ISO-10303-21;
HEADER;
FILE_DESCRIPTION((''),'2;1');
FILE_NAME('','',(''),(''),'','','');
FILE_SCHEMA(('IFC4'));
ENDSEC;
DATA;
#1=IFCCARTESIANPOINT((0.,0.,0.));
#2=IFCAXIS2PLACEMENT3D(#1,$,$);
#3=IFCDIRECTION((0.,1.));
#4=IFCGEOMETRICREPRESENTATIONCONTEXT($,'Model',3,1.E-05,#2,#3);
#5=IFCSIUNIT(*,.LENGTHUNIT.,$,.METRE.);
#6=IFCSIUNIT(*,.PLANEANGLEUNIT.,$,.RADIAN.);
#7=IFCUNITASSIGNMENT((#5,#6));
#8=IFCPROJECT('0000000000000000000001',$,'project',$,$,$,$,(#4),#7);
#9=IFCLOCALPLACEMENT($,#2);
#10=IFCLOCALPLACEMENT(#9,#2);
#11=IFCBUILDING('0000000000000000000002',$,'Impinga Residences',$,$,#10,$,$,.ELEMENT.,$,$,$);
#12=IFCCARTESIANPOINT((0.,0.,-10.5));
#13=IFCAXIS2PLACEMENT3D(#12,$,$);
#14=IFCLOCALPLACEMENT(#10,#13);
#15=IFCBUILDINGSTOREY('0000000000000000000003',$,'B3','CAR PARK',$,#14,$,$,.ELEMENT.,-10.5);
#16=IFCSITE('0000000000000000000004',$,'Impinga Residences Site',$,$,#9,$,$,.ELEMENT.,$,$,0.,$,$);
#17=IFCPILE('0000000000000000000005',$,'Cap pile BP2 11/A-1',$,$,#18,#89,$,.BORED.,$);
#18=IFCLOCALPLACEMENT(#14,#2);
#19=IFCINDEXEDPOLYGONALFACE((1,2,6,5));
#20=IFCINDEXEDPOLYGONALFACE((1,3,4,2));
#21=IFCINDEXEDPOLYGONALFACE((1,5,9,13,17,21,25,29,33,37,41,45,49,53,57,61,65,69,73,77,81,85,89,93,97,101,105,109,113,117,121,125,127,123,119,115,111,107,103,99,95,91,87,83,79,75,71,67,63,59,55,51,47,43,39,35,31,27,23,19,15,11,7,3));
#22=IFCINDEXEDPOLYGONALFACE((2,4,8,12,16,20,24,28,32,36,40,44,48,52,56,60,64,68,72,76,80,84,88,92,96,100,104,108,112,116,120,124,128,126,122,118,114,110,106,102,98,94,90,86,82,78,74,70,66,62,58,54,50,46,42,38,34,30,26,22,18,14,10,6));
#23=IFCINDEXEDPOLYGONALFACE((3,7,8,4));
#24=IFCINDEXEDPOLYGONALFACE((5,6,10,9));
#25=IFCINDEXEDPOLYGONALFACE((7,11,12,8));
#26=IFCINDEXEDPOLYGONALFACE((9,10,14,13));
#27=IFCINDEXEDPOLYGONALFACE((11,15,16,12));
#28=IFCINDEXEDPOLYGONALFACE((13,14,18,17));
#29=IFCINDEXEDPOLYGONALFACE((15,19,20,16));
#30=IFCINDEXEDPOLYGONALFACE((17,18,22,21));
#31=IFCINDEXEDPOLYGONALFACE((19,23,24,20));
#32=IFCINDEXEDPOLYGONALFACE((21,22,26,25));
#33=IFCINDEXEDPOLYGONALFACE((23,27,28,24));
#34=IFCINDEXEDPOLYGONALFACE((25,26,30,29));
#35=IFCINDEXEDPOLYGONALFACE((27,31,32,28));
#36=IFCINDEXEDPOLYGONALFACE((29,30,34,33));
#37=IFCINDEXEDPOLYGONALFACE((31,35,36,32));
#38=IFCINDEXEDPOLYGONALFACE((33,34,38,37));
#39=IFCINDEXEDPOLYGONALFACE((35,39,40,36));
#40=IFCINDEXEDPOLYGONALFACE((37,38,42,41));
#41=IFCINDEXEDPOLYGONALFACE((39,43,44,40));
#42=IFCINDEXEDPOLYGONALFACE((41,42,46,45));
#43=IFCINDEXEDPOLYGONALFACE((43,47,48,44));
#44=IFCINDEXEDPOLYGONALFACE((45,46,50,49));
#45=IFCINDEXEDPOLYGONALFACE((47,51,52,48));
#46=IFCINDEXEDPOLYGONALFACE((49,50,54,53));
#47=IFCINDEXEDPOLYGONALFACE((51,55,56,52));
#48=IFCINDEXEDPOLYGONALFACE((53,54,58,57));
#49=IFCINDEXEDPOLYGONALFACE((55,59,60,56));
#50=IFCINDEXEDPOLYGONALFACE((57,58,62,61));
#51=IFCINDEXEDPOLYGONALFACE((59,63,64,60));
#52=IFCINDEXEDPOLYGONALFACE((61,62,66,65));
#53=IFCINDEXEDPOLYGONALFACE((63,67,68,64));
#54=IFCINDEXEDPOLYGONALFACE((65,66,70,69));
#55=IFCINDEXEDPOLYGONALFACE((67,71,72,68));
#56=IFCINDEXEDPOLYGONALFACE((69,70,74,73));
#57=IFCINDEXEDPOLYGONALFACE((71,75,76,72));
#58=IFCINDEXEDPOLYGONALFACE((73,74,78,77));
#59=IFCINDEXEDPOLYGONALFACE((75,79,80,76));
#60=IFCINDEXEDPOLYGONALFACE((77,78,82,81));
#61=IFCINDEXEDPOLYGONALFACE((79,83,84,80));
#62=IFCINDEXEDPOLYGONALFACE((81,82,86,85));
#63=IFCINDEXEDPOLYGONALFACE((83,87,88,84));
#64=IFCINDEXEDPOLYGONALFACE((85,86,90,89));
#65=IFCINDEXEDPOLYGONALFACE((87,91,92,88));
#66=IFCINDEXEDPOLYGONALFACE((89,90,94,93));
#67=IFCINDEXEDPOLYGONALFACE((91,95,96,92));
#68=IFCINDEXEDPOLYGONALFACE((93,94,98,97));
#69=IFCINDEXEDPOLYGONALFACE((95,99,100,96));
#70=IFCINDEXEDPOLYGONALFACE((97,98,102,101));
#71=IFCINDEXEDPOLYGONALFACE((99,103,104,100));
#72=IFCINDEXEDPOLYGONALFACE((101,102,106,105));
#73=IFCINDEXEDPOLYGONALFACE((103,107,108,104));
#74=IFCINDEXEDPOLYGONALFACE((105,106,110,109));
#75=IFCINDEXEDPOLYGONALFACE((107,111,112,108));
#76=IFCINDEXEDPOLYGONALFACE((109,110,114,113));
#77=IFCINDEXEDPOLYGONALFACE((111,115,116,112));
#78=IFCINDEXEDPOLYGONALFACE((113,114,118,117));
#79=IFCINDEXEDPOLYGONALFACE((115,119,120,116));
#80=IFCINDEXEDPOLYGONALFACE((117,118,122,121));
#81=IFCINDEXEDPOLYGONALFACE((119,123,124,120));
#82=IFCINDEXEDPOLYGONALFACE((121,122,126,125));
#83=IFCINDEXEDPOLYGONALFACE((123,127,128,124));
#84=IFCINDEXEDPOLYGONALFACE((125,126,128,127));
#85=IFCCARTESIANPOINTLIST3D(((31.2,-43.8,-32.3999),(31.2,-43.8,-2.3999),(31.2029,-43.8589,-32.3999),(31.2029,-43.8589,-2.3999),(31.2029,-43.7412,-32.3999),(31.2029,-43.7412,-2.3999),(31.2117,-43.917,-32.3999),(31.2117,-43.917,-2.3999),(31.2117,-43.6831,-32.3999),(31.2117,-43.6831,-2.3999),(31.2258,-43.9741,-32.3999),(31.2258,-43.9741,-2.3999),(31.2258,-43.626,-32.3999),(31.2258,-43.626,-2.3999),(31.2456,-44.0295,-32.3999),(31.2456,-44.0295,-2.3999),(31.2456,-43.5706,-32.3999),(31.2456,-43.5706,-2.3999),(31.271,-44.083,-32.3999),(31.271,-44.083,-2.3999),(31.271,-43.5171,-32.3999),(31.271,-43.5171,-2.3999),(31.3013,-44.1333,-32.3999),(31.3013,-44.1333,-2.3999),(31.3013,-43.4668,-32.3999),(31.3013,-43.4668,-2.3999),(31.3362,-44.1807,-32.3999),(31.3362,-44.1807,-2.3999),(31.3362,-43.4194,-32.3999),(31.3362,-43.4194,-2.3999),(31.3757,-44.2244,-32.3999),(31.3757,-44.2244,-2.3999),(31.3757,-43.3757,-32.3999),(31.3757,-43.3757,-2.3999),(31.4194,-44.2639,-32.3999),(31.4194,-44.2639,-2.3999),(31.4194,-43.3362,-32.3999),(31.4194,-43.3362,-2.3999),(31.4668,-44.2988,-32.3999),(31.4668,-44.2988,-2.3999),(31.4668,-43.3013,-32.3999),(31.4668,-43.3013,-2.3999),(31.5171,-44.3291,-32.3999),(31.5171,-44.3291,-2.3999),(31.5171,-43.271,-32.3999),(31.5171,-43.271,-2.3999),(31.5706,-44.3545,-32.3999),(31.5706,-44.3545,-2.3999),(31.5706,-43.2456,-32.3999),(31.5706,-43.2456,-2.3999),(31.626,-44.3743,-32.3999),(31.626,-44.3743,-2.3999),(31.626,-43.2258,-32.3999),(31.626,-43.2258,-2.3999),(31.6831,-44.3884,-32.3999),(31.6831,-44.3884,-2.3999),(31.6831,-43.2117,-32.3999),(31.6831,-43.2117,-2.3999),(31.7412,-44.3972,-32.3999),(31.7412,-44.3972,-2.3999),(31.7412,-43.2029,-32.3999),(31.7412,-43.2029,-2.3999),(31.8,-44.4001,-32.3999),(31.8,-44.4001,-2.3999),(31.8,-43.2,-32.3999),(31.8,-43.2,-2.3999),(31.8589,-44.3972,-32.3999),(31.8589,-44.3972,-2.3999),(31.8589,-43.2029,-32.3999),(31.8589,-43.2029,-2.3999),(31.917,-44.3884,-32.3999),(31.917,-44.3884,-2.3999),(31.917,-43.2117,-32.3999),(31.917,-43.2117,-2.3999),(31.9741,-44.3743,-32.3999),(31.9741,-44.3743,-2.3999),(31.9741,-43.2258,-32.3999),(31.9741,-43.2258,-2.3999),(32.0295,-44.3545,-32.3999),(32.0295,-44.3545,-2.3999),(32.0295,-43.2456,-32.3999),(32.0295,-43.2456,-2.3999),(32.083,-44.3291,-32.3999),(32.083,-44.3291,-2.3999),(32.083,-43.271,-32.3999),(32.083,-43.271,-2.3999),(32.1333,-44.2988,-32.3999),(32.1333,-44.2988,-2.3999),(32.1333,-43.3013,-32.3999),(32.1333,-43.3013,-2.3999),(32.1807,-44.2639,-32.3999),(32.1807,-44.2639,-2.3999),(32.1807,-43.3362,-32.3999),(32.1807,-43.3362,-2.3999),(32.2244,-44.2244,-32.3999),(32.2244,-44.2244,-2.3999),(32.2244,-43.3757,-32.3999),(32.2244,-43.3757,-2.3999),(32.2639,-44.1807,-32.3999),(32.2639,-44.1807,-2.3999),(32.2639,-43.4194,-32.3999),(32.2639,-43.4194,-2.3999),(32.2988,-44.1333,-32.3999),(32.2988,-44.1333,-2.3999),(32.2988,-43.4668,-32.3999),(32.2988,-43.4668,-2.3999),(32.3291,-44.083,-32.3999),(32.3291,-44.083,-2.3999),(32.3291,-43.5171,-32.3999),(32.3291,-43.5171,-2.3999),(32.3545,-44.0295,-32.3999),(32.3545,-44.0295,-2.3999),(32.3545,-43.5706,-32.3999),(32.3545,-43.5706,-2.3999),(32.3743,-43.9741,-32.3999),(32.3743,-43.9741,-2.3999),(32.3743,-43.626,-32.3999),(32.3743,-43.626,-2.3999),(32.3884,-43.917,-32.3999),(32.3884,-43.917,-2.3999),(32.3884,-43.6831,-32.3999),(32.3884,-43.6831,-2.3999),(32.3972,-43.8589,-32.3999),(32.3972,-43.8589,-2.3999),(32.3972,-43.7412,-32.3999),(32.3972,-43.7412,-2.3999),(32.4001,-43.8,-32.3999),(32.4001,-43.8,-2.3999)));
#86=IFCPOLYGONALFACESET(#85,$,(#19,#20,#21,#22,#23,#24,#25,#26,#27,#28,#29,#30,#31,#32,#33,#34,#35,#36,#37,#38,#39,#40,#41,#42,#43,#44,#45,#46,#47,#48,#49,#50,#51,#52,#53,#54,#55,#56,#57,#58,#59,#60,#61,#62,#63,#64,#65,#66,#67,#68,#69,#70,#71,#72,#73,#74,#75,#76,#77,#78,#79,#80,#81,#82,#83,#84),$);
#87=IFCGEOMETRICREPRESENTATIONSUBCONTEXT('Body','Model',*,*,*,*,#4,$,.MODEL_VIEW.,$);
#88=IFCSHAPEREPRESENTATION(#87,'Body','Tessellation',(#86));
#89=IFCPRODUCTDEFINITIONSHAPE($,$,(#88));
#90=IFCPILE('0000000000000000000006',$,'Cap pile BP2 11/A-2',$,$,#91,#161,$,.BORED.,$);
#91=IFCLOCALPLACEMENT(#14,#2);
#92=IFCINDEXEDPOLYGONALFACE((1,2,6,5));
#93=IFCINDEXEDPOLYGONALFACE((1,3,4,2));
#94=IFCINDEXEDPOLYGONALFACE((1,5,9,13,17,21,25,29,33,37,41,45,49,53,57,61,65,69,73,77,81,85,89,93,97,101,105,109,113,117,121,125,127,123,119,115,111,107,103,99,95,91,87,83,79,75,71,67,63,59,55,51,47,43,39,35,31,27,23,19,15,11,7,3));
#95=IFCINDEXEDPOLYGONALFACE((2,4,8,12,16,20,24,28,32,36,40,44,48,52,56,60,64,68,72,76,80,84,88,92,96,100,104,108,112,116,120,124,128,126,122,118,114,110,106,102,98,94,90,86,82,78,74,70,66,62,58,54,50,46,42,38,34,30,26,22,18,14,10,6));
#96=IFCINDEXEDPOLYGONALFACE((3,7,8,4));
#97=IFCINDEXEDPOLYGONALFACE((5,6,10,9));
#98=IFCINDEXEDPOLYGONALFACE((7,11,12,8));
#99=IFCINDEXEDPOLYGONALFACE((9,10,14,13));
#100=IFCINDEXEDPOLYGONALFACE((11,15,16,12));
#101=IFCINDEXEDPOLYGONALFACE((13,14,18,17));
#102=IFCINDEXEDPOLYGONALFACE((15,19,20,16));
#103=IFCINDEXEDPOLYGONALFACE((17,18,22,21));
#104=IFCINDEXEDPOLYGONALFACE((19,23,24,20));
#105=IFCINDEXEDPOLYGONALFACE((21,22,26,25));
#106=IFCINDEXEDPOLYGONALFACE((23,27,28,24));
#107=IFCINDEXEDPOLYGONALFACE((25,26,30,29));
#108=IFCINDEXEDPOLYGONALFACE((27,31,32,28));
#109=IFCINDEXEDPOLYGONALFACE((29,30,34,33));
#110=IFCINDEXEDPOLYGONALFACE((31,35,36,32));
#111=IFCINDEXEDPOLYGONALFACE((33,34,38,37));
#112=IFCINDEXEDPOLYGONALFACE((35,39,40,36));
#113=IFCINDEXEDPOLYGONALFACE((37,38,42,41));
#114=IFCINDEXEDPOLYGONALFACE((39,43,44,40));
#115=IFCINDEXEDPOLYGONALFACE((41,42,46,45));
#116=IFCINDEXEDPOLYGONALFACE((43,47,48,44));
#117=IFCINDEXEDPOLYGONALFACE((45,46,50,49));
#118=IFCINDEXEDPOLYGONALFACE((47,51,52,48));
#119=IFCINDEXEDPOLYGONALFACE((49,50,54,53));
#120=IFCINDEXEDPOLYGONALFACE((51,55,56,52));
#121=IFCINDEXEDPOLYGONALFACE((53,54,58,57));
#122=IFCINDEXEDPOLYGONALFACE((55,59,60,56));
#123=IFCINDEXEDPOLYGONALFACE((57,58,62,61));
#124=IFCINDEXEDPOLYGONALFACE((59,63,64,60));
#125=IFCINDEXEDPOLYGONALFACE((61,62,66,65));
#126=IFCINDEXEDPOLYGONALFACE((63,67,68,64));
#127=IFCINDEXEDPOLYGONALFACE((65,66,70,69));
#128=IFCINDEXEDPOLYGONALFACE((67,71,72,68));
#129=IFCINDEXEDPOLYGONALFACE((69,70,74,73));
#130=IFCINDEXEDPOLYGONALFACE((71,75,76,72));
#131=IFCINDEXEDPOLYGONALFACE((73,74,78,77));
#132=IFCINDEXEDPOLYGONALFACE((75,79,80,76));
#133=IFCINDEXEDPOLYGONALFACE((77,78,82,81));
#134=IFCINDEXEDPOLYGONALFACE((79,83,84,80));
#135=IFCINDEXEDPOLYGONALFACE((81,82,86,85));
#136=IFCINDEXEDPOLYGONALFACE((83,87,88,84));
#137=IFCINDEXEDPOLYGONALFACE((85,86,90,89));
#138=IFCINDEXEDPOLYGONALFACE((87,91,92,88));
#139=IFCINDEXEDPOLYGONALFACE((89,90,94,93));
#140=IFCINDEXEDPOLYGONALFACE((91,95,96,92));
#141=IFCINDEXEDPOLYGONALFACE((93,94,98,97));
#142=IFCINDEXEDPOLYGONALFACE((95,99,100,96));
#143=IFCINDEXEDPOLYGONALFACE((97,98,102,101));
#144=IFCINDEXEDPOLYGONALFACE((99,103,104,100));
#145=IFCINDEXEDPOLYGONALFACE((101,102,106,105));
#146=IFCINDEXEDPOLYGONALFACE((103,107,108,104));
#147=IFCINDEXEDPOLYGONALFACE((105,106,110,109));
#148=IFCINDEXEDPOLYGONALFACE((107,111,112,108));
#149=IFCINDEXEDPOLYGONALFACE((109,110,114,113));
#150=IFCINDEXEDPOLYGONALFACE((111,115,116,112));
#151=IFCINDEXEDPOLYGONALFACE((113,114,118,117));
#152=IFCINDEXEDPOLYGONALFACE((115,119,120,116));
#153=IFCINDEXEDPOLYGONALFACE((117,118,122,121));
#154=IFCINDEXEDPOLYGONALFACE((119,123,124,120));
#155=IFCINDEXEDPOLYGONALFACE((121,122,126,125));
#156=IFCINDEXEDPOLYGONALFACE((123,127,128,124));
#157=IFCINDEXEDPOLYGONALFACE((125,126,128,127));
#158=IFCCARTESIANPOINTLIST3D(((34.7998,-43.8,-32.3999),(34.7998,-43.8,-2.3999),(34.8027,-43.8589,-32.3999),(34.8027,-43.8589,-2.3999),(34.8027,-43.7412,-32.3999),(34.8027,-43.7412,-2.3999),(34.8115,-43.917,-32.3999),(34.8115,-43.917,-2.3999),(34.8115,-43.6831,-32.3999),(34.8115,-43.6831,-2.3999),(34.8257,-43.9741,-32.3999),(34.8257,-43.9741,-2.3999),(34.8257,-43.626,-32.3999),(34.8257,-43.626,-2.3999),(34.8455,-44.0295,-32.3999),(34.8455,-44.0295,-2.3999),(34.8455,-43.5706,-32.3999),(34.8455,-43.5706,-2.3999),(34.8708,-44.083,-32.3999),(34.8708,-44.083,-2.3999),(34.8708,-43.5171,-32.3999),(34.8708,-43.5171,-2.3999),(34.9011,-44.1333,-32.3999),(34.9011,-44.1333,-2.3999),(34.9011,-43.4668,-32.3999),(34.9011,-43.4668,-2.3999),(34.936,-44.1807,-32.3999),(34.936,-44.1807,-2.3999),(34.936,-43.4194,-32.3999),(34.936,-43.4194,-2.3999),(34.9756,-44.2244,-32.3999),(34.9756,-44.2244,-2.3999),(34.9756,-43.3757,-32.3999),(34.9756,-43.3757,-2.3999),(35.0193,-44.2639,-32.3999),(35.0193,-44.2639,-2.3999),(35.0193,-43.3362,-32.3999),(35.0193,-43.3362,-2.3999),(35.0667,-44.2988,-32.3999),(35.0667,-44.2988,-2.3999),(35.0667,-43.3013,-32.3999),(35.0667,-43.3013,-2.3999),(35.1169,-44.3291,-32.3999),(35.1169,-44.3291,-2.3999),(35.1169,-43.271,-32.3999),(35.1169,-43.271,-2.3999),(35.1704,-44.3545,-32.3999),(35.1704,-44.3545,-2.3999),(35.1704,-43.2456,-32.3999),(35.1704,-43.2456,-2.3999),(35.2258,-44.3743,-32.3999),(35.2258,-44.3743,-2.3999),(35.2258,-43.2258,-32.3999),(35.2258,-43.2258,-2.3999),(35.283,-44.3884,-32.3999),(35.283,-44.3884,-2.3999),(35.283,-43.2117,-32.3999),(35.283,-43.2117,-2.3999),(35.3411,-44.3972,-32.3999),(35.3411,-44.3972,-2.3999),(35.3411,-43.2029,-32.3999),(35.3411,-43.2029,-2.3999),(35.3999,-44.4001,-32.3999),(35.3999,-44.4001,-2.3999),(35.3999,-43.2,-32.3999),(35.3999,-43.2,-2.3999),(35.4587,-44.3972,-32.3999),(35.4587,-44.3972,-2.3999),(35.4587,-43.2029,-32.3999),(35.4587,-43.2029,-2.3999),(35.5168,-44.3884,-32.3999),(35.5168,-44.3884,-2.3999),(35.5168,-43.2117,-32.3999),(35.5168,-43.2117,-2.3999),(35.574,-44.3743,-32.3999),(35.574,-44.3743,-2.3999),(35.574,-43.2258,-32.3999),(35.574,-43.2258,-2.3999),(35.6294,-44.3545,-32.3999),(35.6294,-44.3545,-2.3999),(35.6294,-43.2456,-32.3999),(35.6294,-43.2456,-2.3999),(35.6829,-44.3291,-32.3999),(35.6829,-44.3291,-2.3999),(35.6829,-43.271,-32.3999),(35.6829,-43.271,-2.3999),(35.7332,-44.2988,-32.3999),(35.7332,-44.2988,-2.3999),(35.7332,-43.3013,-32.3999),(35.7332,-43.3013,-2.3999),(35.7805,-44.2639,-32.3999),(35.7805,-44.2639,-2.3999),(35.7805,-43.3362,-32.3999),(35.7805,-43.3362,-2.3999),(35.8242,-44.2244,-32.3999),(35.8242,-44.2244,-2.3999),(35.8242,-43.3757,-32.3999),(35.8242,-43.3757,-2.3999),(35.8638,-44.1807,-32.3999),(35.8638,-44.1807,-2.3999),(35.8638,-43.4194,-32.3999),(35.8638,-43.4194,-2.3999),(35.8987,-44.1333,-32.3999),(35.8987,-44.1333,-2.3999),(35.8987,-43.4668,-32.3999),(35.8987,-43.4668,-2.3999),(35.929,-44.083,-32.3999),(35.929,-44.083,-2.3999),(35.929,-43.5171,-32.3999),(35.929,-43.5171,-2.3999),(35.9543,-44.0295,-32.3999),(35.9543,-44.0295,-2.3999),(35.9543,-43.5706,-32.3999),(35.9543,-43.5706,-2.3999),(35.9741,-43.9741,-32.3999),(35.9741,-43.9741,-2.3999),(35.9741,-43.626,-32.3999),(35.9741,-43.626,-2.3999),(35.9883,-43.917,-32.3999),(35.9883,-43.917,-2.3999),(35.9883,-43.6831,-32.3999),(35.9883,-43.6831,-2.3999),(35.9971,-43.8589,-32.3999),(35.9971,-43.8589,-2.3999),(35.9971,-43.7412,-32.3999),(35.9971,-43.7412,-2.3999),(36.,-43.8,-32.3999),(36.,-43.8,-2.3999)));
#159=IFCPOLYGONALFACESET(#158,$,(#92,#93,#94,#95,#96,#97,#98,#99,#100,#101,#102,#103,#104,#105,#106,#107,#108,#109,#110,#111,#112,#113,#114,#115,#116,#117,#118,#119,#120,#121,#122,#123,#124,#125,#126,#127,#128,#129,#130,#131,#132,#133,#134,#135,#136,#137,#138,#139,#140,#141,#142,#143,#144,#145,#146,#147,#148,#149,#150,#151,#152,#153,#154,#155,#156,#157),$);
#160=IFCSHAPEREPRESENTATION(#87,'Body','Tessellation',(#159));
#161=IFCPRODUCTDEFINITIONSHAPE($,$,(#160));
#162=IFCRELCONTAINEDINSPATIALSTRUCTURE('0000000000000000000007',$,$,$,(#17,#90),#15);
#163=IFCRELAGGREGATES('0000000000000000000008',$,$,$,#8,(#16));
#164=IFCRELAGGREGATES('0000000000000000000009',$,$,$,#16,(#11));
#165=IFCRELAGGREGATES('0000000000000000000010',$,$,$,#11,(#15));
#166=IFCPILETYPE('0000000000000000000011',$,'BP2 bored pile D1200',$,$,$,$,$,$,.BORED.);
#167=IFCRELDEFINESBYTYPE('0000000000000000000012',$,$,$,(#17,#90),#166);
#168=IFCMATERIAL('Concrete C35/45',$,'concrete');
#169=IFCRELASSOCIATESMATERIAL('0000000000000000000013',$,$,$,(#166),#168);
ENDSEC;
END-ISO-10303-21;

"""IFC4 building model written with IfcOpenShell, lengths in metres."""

from ifc_helpers import new_model, si_unit, direction, frame, origin, origin_2d, place, context, subcontext, project, spatial, polyline, circle, outline, extrude, material, material_profile, profile_set, type_object, element, save


model = new_model("IFC4")

# Units and contexts
model_context = context("Model", 3, precision=1e-05, world=origin(), true_north=direction((0.0, 1.0)))
body_context = subcontext(model_context, "Body", "Model", "MODEL_VIEW")
ifc_project = project(units=[si_unit("LENGTHUNIT", "METRE"), si_unit("PLANEANGLEUNIT", "RADIAN")], contexts=[model_context])

# Site, building, storey
site_placement = place(None, origin())
site = spatial("IfcSite", under=ifc_project, at=site_placement, Name="Impinga Residences Site", CompositionType="ELEMENT", RefElevation=0.0)
building_placement = place(site_placement, origin())
building = spatial("IfcBuilding", under=site, at=building_placement, Name="Impinga Residences", CompositionType="ELEMENT")
storey_placement = place(building_placement, frame((0.0, 0.0, -10.5)))
storey = spatial("IfcBuildingStorey", under=building, at=storey_placement, Name="B3", Description="CAR PARK", CompositionType="ELEMENT", Elevation=-10.5)

# Piles
ifc_material_1 = material(Name="Concrete C35/45", Category="concrete")
ifc_material_profile_1 = material_profile(ifc_material_1, circle(Radius=0.6001, at=origin_2d()), Name="D1200")
ifc_profile_set_1 = profile_set([ifc_material_profile_1], Name="Concrete C35/45")
pile_type_1 = type_object("IfcPileType", Name="BP2 bored pile D1200", PredefinedType="BORED", material=ifc_profile_set_1)
pile_1_placement = place(storey_placement, frame((31.8, -43.8, -2.3999), z_axis=(0.0, 0.0, -1.0), x_axis=(1.0, 0.0, 0.0)))
element("IfcPile", 1, at=pile_1_placement, inside=storey, type_object=pile_type_1, Name="Cap pile BP2 11/A-1", PredefinedType="BORED", context=body_context, shape_type="SweptSolid", body=[
    extrude(outline(polyline([(0.6001, 0.0), (0.5972, 0.0588), (0.5884, 0.1169), (0.5742, 0.1741), (0.5544, 0.2295), (0.5291, 0.283), (0.4988, 0.3333), (0.4639, 0.3806), (0.4243, 0.4243), (0.3806, 0.4639), (0.3333, 0.4988), (0.283, 0.5291), (0.2295, 0.5544), (0.1741, 0.5742), (0.1169, 0.5884), (0.0588, 0.5972), (0.0, 0.6001), (-0.0588, 0.5972), (-0.1169, 0.5884), (-0.1741, 0.5742), (-0.2295, 0.5544), (-0.283, 0.5291), (-0.3333, 0.4988), (-0.3806, 0.4639), (-0.4243, 0.4243), (-0.4639, 0.3806), (-0.4988, 0.3333), (-0.5291, 0.283), (-0.5544, 0.2295), (-0.5742, 0.1741), (-0.5884, 0.1169), (-0.5972, 0.0588), (-0.6001, 0.0), (-0.5972, -0.0588), (-0.5884, -0.1169), (-0.5742, -0.1741), (-0.5544, -0.2295), (-0.5291, -0.283), (-0.4988, -0.3333), (-0.4639, -0.3806), (-0.4243, -0.4243), (-0.3806, -0.4639), (-0.3333, -0.4988), (-0.283, -0.5291), (-0.2295, -0.5544), (-0.1741, -0.5742), (-0.1169, -0.5884), (-0.0588, -0.5972), (0.0, -0.6001), (0.0588, -0.5972), (0.1169, -0.5884), (0.1741, -0.5742), (0.2295, -0.5544), (0.283, -0.5291), (0.3333, -0.4988), (0.3806, -0.4639), (0.4243, -0.4243), (0.4639, -0.3806), (0.4988, -0.3333), (0.5291, -0.283), (0.5544, -0.2295), (0.5742, -0.1741), (0.5884, -0.1169), (0.5972, -0.0588), (0.6001, 0.0)])), origin(), (0.0, 0.0, 1.0), 30.0),
])
pile_2_placement = place(storey_placement, frame((35.3999, -43.8, -2.3999), z_axis=(0.0, 0.0, -1.0), x_axis=(1.0, 0.0, 0.0)))
element("IfcPile", 2, at=pile_2_placement, inside=storey, type_object=pile_type_1, Name="Cap pile BP2 11/A-2", PredefinedType="BORED", context=body_context, shape_type="SweptSolid", body=[
    extrude(outline(polyline([(0.6001, 0.0), (0.5972, 0.0588), (0.5884, 0.1169), (0.5742, 0.1741), (0.5544, 0.2295), (0.5291, 0.283), (0.4988, 0.3333), (0.4639, 0.3806), (0.4243, 0.4243), (0.3806, 0.4639), (0.3333, 0.4988), (0.283, 0.5291), (0.2295, 0.5544), (0.1741, 0.5742), (0.1169, 0.5884), (0.0588, 0.5972), (0.0, 0.6001), (-0.0588, 0.5972), (-0.1169, 0.5884), (-0.1741, 0.5742), (-0.2295, 0.5544), (-0.283, 0.5291), (-0.3333, 0.4988), (-0.3806, 0.4639), (-0.4243, 0.4243), (-0.4639, 0.3806), (-0.4988, 0.3333), (-0.5291, 0.283), (-0.5544, 0.2295), (-0.5742, 0.1741), (-0.5884, 0.1169), (-0.5972, 0.0588), (-0.6001, 0.0), (-0.5972, -0.0588), (-0.5884, -0.1169), (-0.5742, -0.1741), (-0.5544, -0.2295), (-0.5291, -0.283), (-0.4988, -0.3333), (-0.4639, -0.3806), (-0.4243, -0.4243), (-0.3806, -0.4639), (-0.3333, -0.4988), (-0.283, -0.5291), (-0.2295, -0.5544), (-0.1741, -0.5742), (-0.1169, -0.5884), (-0.0588, -0.5972), (0.0, -0.6001), (0.0588, -0.5972), (0.1169, -0.5884), (0.1741, -0.5742), (0.2295, -0.5544), (0.283, -0.5291), (0.3333, -0.4988), (0.3806, -0.4639), (0.4243, -0.4243), (0.4639, -0.3806), (0.4988, -0.3333), (0.5291, -0.283), (0.5544, -0.2295), (0.5742, -0.1741), (0.5884, -0.1169), (0.5972, -0.0588), (0.6001, 0.0)])), origin(), (0.0, 0.0, 1.0), 30.0),
])

save(model, "model.ifc")
